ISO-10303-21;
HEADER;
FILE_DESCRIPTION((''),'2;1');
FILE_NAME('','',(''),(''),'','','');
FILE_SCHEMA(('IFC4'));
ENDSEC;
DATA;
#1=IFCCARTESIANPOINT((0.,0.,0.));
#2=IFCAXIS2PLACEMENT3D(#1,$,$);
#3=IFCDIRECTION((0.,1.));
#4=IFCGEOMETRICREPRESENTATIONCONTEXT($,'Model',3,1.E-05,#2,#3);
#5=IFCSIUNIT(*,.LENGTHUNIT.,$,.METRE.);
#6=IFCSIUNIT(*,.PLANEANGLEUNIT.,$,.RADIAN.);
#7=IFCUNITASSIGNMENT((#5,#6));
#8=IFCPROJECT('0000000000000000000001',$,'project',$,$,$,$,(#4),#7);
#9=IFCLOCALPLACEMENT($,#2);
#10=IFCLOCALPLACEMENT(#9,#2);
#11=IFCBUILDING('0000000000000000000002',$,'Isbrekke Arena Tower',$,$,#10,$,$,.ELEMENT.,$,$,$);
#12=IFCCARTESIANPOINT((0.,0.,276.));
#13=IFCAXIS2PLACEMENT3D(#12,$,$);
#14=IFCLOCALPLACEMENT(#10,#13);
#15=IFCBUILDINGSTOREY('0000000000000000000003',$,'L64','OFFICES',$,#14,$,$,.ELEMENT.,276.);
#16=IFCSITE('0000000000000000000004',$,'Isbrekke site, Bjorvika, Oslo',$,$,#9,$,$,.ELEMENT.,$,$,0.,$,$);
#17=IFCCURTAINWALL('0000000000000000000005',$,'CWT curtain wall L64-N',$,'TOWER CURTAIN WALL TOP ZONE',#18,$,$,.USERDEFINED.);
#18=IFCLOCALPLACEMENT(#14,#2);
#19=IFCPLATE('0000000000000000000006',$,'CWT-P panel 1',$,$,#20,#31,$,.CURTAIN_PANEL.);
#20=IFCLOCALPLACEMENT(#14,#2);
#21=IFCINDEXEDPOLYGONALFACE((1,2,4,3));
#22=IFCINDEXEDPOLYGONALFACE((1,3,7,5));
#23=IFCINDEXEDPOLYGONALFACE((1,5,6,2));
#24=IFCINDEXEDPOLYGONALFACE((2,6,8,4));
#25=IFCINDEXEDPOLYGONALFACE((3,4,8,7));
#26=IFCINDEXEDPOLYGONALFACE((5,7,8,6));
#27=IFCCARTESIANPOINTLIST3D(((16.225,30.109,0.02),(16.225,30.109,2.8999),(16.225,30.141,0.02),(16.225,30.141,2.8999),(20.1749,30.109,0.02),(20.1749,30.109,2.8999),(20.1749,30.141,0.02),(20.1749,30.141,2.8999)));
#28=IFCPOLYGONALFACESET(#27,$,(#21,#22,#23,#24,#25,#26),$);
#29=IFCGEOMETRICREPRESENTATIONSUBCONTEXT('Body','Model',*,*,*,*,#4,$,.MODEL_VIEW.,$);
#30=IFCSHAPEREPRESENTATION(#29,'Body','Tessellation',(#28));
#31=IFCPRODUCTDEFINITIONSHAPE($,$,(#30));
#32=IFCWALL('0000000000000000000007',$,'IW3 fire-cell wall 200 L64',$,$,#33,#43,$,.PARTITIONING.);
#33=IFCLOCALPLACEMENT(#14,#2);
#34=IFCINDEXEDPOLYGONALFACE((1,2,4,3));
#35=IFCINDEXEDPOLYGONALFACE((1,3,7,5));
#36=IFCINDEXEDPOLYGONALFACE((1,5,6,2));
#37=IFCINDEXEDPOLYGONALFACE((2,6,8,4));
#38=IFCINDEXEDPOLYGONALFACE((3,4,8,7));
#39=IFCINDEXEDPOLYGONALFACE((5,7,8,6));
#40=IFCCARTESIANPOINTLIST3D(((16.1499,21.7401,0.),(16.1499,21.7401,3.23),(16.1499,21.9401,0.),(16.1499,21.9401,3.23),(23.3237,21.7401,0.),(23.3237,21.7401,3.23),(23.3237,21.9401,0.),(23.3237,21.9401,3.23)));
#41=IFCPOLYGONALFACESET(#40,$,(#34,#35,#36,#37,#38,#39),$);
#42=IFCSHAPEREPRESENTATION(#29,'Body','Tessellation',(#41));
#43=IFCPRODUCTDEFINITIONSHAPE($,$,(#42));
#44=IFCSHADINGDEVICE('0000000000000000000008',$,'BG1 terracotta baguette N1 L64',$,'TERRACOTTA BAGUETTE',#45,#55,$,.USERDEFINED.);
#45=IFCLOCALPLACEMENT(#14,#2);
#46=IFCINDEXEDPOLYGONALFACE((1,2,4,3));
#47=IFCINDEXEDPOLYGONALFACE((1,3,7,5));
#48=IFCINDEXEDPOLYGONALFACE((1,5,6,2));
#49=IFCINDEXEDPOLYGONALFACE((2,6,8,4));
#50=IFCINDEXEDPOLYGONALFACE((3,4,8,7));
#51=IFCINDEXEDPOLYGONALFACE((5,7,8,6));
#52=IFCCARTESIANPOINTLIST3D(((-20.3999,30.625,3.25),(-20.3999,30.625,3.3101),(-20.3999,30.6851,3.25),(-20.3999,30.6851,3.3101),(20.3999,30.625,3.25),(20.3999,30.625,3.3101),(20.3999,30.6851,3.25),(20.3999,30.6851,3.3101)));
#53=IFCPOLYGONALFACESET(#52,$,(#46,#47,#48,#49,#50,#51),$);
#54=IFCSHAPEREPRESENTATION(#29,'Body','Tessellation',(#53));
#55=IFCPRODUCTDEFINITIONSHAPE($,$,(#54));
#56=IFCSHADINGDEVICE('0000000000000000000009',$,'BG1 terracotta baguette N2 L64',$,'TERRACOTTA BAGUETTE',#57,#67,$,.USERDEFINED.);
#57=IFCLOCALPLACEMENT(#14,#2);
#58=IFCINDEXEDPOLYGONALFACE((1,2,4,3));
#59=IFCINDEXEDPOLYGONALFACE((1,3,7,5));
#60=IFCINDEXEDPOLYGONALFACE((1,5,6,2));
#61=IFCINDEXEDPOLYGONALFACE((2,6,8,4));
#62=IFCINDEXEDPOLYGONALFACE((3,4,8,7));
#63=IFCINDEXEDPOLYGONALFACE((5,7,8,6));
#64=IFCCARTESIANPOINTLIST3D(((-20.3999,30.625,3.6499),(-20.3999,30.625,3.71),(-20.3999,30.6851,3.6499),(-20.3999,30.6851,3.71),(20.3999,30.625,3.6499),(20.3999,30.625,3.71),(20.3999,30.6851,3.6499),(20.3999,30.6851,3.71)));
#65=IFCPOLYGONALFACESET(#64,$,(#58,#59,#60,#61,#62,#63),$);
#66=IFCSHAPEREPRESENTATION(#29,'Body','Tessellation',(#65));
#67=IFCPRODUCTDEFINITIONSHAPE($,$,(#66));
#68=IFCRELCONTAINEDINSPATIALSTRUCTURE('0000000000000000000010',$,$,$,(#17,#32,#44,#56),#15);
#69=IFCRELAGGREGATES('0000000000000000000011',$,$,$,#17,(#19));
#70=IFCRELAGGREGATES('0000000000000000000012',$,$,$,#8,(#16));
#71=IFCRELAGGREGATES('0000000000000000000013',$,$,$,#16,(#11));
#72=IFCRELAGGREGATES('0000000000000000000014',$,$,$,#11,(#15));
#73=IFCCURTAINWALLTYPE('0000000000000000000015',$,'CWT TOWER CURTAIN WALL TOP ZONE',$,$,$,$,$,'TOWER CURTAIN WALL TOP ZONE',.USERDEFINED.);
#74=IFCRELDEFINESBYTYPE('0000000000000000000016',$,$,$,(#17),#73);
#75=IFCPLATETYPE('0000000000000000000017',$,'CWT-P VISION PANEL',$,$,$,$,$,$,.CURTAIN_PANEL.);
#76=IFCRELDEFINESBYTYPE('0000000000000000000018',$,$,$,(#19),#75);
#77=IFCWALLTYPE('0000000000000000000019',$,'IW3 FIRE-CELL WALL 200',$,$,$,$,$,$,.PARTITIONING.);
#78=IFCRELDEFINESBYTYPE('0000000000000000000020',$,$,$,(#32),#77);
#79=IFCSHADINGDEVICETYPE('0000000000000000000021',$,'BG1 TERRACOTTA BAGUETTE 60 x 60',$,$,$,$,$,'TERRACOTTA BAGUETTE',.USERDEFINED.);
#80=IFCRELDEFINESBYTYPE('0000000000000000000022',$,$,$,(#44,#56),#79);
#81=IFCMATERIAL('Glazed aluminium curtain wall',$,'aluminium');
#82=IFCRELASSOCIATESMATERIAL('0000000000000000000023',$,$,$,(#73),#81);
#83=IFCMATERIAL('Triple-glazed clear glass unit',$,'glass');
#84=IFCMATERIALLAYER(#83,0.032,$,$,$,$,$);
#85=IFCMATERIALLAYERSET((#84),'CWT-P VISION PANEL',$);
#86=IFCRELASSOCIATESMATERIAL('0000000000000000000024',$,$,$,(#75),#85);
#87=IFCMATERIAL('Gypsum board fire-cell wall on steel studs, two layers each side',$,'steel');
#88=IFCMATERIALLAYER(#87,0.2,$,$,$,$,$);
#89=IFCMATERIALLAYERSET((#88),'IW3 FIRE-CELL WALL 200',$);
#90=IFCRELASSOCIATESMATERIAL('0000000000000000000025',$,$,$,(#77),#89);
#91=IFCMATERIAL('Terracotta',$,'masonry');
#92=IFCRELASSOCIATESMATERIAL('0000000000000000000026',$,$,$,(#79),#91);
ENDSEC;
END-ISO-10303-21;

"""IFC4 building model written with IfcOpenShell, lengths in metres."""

from ifc_helpers import new_model, si_unit, direction, frame, frame_2d, origin, origin_2d, place, context, subcontext, project, spatial, rectangle, extrude, material, layer, layer_set, material_profile, profile_set, type_object, element, aggregate, save


model = new_model("IFC4")

# Units and contexts
model_context = context("Model", 3, precision=1e-05, world=origin(), true_north=direction((0.0, 1.0)))
body_context = subcontext(model_context, "Body", "Model", "MODEL_VIEW")
ifc_project = project(units=[si_unit("LENGTHUNIT", "METRE"), si_unit("PLANEANGLEUNIT", "RADIAN")], contexts=[model_context])

# Site, building, storey
site_placement = place(None, origin())
site = spatial("IfcSite", under=ifc_project, at=site_placement, Name="Isbrekke site, Bjorvika, Oslo", CompositionType="ELEMENT", RefElevation=0.0)
building_placement = place(site_placement, origin())
building = spatial("IfcBuilding", under=site, at=building_placement, Name="Isbrekke Arena Tower", CompositionType="ELEMENT")
storey_placement = place(building_placement, frame((0.0, 0.0, 276.0)))
storey = spatial("IfcBuildingStorey", under=building, at=storey_placement, Name="L64", Description="OFFICES", CompositionType="ELEMENT", Elevation=276.0)

# Shared definitions
ifc_material_1 = material(Name="Glazed aluminium curtain wall", Category="aluminium")
curtain_wall_type = type_object("IfcCurtainWallType", Name="CWT TOWER CURTAIN WALL TOP ZONE", ElementType="TOWER CURTAIN WALL TOP ZONE", PredefinedType="USERDEFINED", material=ifc_material_1)

# Curtain wall
curtain_wall_1_placement = place(storey_placement, origin())
curtain_wall_1 = element("IfcCurtainWall", 1, at=curtain_wall_1_placement, inside=storey, type_object=curtain_wall_type, Name="CWT curtain wall L64-N", ObjectType="TOWER CURTAIN WALL TOP ZONE", PredefinedType="USERDEFINED")

# Plate
ifc_material_2 = material(Name="Triple-glazed clear glass unit", Category="glass")
ifc_layer_1 = layer(ifc_material_2, 0.032)
ifc_layer_set_1 = layer_set([ifc_layer_1], Name="CWT-P VISION PANEL")
plate_type = type_object("IfcPlateType", Name="CWT-P VISION PANEL", PredefinedType="CURTAIN_PANEL", material=ifc_layer_set_1)
plate_1_placement = place(storey_placement, frame((18.2, 30.125, 0.02), z_axis=(0.0, 0.0, 1.0), x_axis=(-1.0, 0.0, 0.0)))
plate_1 = element("IfcPlate", 2, at=plate_1_placement, type_object=plate_type, Name="CWT-P panel 1", PredefinedType="CURTAIN_PANEL", context=body_context, shape_type="SweptSolid", body=[
    extrude(rectangle(XDim=3.95, YDim=0.032, at=origin_2d()), origin(), (0.0, 0.0, 1.0), 2.8799),
])
aggregate(curtain_wall_1, [plate_1])

# Wall
ifc_material_3 = material(Name="Gypsum board fire-cell wall on steel studs, two layers each side", Category="steel")
ifc_layer_2 = layer(ifc_material_3, 0.2)
ifc_layer_set_2 = layer_set([ifc_layer_2], Name="IW3 FIRE-CELL WALL 200")
wall_type = type_object("IfcWallType", Name="IW3 FIRE-CELL WALL 200", PredefinedType="PARTITIONING", material=ifc_layer_set_2)
wall_placement = place(storey_placement, frame((16.1499, 21.8401, 0.0), z_axis=(0.0, 0.0, 1.0), x_axis=(1.0, 0.0, 0.0)))
element("IfcWall", 3, at=wall_placement, inside=storey, type_object=wall_type, Name="IW3 fire-cell wall 200 L64", PredefinedType="PARTITIONING", context=body_context, shape_type="SweptSolid", body=[
    extrude(rectangle(XDim=7.1738, YDim=0.2, at=frame_2d((3.5869, 0.0))), origin(), (0.0, 0.0, 1.0), 3.23),
])

# Shading devices
ifc_material_4 = material(Name="Terracotta", Category="masonry")
ifc_material_profile_1 = material_profile(ifc_material_4, rectangle(XDim=0.0601, YDim=0.0601, at=origin_2d()), Name="BAGUETTE 60X60")
ifc_profile_set_1 = profile_set([ifc_material_profile_1], Name="Terracotta")
shading_device_type = type_object("IfcShadingDeviceType", Name="BG1 TERRACOTTA BAGUETTE 60 x 60", ElementType="TERRACOTTA BAGUETTE", PredefinedType="USERDEFINED", material=ifc_profile_set_1)
for number, where, z_axis, x_axis, name in (
    (4, (20.3999, 30.655, 3.28), (-1.0, 0.0, 0.0), (0.0, -1.0, 0.0), "BG1 terracotta baguette N1 L64"),
    (5, (20.3999, 30.655, 3.6799), (-1.0, 0.0, 0.0), (0.0, -1.0, 0.0), "BG1 terracotta baguette N2 L64"),
):
    element("IfcShadingDevice", number, at=place(storey_placement, frame(where, z_axis=z_axis, x_axis=x_axis)), inside=storey, type_object=shading_device_type, Name=name, ObjectType="TERRACOTTA BAGUETTE", PredefinedType="USERDEFINED", context=body_context, shape_type="SweptSolid", body=[
        extrude(rectangle(XDim=0.0601, YDim=0.0601, at=origin_2d()), origin(), (0.0, 0.0, 1.0), 40.7998),
    ])

save(model, "model.ifc")
